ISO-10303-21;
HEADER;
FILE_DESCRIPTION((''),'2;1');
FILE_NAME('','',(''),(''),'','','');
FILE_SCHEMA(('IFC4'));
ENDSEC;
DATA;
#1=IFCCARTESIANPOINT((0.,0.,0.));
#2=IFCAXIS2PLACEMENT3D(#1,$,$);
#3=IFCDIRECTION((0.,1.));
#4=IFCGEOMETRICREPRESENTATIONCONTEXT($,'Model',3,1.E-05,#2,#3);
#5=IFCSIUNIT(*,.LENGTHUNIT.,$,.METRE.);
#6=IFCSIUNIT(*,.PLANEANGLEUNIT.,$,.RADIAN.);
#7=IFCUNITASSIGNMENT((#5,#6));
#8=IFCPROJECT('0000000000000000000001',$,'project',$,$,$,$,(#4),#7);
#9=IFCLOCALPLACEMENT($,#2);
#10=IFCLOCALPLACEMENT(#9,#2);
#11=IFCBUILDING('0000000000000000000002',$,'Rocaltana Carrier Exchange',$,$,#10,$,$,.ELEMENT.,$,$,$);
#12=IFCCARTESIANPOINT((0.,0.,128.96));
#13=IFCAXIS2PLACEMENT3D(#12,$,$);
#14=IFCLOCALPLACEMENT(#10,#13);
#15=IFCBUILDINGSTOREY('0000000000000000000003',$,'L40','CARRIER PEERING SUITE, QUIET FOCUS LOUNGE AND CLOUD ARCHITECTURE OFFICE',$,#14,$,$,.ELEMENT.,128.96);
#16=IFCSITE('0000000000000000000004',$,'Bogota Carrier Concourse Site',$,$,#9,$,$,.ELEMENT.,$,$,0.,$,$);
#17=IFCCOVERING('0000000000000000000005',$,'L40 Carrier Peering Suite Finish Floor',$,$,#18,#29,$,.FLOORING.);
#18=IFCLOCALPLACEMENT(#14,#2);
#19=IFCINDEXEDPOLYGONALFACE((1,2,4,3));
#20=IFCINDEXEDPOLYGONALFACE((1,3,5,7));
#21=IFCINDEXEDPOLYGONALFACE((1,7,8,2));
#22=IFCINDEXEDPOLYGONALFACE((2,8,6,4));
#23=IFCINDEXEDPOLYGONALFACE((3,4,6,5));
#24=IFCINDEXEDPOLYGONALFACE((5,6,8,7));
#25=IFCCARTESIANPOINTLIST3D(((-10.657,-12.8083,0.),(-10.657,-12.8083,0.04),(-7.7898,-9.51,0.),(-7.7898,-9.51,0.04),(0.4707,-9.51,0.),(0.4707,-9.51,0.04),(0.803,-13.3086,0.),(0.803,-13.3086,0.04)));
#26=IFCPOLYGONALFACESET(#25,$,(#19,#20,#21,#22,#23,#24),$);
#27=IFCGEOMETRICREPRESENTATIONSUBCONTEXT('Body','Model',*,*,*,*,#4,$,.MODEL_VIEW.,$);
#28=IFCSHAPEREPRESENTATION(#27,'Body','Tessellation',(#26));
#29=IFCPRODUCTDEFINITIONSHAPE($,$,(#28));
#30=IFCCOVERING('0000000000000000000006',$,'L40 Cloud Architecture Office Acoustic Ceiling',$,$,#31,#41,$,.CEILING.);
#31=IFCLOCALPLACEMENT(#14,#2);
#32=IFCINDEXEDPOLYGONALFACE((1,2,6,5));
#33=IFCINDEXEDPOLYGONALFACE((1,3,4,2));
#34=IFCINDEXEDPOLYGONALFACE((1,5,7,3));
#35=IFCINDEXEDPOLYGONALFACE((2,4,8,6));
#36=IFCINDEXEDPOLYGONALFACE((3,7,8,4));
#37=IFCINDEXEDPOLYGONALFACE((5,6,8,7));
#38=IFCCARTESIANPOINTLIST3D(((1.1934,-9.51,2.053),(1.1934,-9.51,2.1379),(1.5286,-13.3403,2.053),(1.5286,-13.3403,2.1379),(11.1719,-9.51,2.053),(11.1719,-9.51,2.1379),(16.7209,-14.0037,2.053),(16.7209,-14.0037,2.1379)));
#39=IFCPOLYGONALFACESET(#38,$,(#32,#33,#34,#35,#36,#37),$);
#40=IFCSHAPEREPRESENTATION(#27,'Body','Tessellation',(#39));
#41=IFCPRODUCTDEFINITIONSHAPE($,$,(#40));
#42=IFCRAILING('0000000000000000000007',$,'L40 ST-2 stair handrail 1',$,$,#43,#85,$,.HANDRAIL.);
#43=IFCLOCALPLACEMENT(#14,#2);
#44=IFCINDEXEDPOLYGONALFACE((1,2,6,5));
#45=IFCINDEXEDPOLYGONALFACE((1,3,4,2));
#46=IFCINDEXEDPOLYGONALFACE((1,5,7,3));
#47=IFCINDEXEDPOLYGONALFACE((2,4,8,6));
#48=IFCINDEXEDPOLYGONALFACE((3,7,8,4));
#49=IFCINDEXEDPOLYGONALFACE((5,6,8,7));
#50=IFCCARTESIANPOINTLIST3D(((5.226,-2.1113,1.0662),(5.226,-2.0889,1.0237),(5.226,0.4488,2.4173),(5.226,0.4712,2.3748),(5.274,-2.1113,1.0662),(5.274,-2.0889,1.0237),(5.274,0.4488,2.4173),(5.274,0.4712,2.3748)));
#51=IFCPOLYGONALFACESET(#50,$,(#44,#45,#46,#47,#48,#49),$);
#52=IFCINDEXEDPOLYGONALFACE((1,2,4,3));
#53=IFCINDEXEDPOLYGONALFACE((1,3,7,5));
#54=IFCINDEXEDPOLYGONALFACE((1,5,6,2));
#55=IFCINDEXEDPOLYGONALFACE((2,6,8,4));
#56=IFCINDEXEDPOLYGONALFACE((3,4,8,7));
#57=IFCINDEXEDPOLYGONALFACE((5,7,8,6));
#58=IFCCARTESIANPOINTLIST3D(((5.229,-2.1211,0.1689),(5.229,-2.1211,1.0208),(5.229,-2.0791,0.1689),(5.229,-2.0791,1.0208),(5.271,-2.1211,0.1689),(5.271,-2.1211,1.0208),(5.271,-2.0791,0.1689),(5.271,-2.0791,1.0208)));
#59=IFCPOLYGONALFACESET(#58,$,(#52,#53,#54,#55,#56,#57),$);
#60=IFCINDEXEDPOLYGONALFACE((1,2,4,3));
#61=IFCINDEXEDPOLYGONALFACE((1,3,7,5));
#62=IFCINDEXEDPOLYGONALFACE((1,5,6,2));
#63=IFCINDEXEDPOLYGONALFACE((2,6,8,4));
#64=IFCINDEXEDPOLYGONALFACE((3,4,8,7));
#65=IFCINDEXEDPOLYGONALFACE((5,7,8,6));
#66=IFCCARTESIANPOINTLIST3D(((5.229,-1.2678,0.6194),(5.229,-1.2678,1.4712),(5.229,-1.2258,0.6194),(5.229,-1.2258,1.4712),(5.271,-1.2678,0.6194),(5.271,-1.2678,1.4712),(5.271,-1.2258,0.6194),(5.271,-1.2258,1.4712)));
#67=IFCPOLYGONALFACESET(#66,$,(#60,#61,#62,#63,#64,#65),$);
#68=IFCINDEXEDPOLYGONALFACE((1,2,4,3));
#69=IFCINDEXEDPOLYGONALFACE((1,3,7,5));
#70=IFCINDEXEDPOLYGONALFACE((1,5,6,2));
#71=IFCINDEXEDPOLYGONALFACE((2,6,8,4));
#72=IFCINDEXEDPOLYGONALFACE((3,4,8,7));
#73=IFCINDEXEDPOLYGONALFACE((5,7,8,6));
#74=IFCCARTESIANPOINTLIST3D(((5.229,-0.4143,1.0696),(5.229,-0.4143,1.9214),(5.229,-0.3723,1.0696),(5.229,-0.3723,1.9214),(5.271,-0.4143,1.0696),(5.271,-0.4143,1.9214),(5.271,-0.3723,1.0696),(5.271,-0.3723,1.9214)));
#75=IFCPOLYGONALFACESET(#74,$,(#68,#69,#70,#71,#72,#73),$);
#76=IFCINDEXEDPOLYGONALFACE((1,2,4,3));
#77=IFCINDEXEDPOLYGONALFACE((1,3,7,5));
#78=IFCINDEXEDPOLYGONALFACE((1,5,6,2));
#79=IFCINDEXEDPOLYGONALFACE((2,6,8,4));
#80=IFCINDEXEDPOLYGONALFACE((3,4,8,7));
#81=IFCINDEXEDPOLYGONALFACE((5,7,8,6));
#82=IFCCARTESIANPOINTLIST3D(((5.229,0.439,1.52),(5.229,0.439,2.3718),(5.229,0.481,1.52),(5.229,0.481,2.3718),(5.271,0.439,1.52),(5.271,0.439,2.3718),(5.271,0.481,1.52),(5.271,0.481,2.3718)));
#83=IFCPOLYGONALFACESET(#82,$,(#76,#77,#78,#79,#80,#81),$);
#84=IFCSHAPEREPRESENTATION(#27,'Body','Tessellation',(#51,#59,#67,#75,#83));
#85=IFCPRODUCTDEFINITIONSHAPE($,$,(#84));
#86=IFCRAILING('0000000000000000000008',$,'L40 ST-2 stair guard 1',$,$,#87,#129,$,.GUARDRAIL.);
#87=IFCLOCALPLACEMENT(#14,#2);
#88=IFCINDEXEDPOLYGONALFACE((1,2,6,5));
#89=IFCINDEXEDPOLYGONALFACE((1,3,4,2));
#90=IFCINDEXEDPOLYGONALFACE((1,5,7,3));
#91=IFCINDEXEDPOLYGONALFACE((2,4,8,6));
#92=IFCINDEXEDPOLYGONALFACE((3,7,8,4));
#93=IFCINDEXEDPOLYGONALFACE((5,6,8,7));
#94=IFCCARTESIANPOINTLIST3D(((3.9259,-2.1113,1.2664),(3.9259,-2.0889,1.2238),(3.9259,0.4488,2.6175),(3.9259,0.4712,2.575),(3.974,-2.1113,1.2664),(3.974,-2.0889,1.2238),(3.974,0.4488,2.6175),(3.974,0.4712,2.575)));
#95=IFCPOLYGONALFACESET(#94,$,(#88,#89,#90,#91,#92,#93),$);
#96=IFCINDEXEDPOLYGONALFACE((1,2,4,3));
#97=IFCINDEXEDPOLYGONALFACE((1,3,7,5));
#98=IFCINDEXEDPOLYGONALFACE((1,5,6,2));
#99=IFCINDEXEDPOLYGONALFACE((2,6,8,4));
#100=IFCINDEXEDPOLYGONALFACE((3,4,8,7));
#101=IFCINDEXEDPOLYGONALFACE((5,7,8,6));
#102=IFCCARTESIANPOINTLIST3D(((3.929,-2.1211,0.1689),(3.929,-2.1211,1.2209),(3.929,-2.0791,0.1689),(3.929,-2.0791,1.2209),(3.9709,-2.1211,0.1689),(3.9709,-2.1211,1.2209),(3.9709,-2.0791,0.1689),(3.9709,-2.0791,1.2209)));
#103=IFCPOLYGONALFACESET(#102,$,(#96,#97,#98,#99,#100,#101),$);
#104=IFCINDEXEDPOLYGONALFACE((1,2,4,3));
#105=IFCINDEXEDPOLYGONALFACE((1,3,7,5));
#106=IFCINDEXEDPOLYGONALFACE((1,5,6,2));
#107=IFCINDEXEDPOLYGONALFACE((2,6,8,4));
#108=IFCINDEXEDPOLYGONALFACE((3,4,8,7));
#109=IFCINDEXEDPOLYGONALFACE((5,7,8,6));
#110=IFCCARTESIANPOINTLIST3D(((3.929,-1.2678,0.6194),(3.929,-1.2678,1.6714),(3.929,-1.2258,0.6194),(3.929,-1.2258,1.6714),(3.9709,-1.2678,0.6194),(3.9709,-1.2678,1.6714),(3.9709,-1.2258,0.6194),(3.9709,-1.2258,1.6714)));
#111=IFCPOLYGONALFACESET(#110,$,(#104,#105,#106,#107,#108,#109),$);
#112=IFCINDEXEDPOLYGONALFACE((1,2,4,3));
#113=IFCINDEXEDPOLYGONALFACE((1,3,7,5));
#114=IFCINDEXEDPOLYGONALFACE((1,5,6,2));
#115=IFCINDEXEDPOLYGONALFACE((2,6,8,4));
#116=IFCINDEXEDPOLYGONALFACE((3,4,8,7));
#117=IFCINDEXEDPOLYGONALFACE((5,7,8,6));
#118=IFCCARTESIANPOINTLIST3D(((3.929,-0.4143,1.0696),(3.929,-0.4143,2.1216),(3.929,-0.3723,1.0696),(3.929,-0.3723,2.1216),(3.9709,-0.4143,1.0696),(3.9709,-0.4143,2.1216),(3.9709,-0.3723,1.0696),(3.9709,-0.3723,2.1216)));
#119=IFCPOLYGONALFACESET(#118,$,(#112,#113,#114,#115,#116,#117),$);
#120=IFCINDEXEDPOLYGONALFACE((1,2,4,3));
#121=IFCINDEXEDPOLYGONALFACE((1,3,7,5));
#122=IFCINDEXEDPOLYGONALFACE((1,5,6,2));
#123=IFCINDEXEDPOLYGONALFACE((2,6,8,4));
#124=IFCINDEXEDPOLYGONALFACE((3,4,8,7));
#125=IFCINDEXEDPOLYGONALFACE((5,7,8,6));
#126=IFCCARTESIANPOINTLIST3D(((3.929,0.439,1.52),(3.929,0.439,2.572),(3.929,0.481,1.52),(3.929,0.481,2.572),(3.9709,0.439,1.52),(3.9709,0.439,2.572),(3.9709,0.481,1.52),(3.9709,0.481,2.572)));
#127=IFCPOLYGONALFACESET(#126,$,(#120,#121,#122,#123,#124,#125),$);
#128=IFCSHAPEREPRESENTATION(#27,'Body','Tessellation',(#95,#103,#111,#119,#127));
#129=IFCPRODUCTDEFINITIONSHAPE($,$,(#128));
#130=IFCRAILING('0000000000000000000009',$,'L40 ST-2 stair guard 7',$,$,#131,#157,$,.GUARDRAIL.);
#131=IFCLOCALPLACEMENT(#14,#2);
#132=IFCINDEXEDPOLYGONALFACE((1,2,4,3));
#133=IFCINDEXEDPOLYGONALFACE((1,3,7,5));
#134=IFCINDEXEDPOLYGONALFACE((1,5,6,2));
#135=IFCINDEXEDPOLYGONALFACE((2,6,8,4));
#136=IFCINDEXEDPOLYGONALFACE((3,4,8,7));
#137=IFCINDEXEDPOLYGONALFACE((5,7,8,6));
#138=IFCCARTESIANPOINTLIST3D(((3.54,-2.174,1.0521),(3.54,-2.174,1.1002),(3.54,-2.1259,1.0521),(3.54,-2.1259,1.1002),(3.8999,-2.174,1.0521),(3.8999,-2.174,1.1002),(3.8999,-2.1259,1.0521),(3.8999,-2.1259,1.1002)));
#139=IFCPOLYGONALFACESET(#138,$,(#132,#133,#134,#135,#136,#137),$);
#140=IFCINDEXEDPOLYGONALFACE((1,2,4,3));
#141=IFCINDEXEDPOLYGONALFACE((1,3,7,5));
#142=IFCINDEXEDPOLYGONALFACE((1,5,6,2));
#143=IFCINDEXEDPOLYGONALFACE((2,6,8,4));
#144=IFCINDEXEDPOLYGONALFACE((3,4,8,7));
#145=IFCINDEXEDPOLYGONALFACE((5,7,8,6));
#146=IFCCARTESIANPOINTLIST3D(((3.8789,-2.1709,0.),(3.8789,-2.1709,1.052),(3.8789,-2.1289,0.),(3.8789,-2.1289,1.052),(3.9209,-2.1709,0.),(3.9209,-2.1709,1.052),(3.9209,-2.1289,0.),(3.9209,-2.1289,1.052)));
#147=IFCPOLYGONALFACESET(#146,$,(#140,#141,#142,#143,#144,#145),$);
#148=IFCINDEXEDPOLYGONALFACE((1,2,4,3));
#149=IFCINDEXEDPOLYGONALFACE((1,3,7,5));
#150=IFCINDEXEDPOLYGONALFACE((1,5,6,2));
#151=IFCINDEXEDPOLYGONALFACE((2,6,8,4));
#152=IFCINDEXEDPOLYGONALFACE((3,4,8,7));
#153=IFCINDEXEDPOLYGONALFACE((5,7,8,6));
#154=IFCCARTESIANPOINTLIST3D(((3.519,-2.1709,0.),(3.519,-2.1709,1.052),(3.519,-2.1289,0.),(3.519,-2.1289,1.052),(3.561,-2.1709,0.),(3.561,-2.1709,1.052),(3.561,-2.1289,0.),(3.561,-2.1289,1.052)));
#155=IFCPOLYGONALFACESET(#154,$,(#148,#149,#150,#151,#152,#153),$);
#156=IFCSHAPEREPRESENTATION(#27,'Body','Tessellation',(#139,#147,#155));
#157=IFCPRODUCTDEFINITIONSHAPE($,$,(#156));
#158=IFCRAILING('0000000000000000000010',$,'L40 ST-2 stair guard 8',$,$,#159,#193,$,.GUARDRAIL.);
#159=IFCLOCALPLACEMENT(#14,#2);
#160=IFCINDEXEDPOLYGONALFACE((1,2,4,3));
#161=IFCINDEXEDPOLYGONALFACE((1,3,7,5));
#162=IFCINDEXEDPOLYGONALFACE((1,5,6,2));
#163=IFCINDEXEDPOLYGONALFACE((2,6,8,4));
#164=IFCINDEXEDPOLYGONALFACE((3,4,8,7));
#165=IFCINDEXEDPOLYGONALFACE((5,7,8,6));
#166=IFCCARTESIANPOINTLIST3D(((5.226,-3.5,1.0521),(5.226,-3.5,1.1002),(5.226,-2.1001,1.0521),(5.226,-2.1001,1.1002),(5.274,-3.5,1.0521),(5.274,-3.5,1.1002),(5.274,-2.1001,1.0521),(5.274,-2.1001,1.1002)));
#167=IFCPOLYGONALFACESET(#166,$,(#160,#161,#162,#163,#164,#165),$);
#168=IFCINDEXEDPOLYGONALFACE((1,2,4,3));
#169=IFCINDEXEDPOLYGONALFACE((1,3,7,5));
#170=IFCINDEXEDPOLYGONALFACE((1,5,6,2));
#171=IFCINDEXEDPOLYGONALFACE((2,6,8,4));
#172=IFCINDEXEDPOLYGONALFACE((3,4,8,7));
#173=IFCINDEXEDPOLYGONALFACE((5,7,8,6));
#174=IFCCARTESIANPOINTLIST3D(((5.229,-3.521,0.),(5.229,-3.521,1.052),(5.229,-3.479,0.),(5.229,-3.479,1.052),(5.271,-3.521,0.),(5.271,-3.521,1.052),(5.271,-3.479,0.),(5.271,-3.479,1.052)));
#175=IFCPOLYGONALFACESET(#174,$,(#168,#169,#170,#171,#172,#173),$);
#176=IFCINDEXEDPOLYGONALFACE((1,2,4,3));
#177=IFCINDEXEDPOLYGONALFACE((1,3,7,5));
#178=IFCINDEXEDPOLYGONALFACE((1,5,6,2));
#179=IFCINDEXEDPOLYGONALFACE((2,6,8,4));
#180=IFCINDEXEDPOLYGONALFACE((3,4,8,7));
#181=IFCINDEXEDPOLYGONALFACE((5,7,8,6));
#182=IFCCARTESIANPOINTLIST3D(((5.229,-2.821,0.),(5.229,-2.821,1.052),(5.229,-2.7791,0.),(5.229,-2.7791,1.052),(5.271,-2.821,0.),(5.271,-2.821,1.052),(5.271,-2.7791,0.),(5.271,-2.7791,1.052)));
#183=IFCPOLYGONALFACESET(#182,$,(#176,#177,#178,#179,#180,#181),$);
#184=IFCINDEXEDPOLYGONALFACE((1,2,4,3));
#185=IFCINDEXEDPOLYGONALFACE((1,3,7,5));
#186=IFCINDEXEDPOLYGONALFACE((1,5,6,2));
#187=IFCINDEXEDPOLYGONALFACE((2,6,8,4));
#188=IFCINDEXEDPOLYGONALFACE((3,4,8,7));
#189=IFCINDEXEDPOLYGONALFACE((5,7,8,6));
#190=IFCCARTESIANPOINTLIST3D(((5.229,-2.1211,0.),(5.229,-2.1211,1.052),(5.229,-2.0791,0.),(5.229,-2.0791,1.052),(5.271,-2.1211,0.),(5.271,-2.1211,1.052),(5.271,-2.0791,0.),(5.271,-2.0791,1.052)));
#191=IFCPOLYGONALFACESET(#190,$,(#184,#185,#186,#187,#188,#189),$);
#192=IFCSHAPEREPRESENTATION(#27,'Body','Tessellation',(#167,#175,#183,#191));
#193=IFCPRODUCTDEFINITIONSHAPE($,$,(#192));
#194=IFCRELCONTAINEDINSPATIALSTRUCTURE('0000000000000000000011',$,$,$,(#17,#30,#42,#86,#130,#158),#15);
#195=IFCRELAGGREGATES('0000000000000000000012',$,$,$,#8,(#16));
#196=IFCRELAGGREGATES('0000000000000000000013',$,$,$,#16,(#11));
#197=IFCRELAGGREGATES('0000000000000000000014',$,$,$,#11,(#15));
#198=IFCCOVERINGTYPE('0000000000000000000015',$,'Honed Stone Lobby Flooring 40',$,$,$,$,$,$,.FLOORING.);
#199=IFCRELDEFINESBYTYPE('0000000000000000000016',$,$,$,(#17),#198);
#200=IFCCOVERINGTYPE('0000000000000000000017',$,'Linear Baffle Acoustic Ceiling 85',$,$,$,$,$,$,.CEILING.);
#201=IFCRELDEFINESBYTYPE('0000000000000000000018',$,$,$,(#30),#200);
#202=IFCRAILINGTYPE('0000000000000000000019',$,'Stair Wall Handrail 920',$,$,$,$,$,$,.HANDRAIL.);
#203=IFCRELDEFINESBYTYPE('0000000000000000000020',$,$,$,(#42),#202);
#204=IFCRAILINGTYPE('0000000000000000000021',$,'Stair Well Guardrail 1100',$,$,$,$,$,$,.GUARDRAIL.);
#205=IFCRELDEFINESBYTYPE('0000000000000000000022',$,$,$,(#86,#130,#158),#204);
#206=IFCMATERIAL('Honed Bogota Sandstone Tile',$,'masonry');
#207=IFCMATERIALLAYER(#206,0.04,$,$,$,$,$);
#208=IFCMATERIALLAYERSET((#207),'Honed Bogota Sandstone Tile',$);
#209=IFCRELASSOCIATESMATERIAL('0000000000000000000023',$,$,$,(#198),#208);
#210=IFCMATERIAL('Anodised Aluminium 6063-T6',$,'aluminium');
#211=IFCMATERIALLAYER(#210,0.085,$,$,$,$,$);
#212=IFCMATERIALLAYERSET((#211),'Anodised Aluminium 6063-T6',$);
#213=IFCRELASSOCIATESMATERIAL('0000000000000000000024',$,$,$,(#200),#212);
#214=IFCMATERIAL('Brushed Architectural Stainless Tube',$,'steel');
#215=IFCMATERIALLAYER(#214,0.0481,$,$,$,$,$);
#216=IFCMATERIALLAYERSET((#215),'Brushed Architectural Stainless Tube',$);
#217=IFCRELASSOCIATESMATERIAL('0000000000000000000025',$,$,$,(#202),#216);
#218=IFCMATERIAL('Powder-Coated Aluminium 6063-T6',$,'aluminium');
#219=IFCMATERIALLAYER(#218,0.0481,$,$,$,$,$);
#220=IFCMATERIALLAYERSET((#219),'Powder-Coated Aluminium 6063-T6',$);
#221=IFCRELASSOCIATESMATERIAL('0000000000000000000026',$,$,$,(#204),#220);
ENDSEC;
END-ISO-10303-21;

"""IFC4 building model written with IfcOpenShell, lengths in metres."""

from ifc_helpers import new_model, si_unit, direction, frame, origin, origin_2d, place, context, subcontext, project, spatial, polyline, rectangle, outline, extrude, material, layer, layer_set, type_object, element, save


model = new_model("IFC4")

# Units and contexts
model_context = context("Model", 3, precision=1e-05, world=origin(), true_north=direction((0.0, 1.0)))
body_context = subcontext(model_context, "Body", "Model", "MODEL_VIEW")
ifc_project = project(units=[si_unit("LENGTHUNIT", "METRE"), si_unit("PLANEANGLEUNIT", "RADIAN")], contexts=[model_context])

# Site, building, storey
site_placement = place(None, origin())
site = spatial("IfcSite", under=ifc_project, at=site_placement, Name="Bogota Carrier Concourse Site", CompositionType="ELEMENT", RefElevation=0.0)
building_placement = place(site_placement, origin())
building = spatial("IfcBuilding", under=site, at=building_placement, Name="Rocaltana Carrier Exchange", CompositionType="ELEMENT")
storey_placement = place(building_placement, frame((0.0, 0.0, 128.96)))
storey = spatial("IfcBuildingStorey", under=building, at=storey_placement, Name="L40", Description="CARRIER PEERING SUITE, QUIET FOCUS LOUNGE AND CLOUD ARCHITECTURE OFFICE", CompositionType="ELEMENT", Elevation=128.96)

# Coverings
ifc_material_1 = material(Name="Honed Bogota Sandstone Tile", Category="masonry")
ifc_layer_1 = layer(ifc_material_1, 0.04)
ifc_layer_set_1 = layer_set([ifc_layer_1], Name="Honed Bogota Sandstone Tile")
covering_type_1 = type_object("IfcCoveringType", Name="Honed Stone Lobby Flooring 40", PredefinedType="FLOORING", material=ifc_layer_set_1)
covering_1_placement = place(storey_placement, origin())
element("IfcCovering", 1, at=covering_1_placement, inside=storey, type_object=covering_type_1, Name="L40 Carrier Peering Suite Finish Floor", PredefinedType="FLOORING", context=body_context, shape_type="SweptSolid", body=[
    extrude(outline(polyline([(-10.657, -12.8083), (-7.7898, -9.51), (0.4707, -9.51), (0.803, -13.3086), (-10.657, -12.8083)])), origin(), (0.0, 0.0, 1.0), 0.04),
])
ifc_material_2 = material(Name="Anodised Aluminium 6063-T6", Category="aluminium")
ifc_layer_2 = layer(ifc_material_2, 0.085)
ifc_layer_set_2 = layer_set([ifc_layer_2], Name="Anodised Aluminium 6063-T6")
covering_type_2 = type_object("IfcCoveringType", Name="Linear Baffle Acoustic Ceiling 85", PredefinedType="CEILING", material=ifc_layer_set_2)
covering_2_placement = place(storey_placement, frame((0.0, 0.0, 2.053)))
element("IfcCovering", 2, at=covering_2_placement, inside=storey, type_object=covering_type_2, Name="L40 Cloud Architecture Office Acoustic Ceiling", PredefinedType="CEILING", context=body_context, shape_type="SweptSolid", body=[
    extrude(outline(polyline([(1.5286, -13.3403), (1.1934, -9.51), (11.1719, -9.51), (16.7209, -14.0037), (1.5286, -13.3403)])), origin(), (0.0, 0.0, 1.0), 0.085),
])

# Railings
ifc_material_3 = material(Name="Brushed Architectural Stainless Tube", Category="steel")
ifc_layer_3 = layer(ifc_material_3, 0.0481)
ifc_layer_set_3 = layer_set([ifc_layer_3], Name="Brushed Architectural Stainless Tube")
railing_type_1 = type_object("IfcRailingType", Name="Stair Wall Handrail 920", PredefinedType="HANDRAIL", material=ifc_layer_set_3)
railing_1_placement = place(storey_placement, frame((5.25, -2.1001, 0.1689)))
element("IfcRailing", 3, at=railing_1_placement, inside=storey, type_object=railing_type_1, Name="L40 ST-2 stair handrail 1", PredefinedType="HANDRAIL", context=body_context, shape_type="SweptSolid", body=[
    extrude(rectangle(XDim=0.0481, YDim=0.0481, at=origin_2d()), frame((0.0, 0.0, 0.876), z_axis=(0.0, 0.884394, 0.46674), x_axis=(-1.0, 0.0, 0.0)), (0.0, 0.0, 1.0), 2.8948),
    extrude(rectangle(XDim=0.042, YDim=0.042, at=origin_2d()), origin(), (0.0, 0.0, 1.0), 0.8518),
    extrude(rectangle(XDim=0.042, YDim=0.042, at=origin_2d()), frame((0.0, 0.8533, 0.4504)), (0.0, 0.0, 1.0), 0.8518),
    extrude(rectangle(XDim=0.042, YDim=0.042, at=origin_2d()), frame((0.0, 1.7068, 0.9006)), (0.0, 0.0, 1.0), 0.8518),
    extrude(rectangle(XDim=0.042, YDim=0.042, at=origin_2d()), frame((0.0, 2.5601, 1.3511)), (0.0, 0.0, 1.0), 0.8518),
])
ifc_material_4 = material(Name="Powder-Coated Aluminium 6063-T6", Category="aluminium")
ifc_layer_4 = layer(ifc_material_4, 0.0481)
ifc_layer_set_4 = layer_set([ifc_layer_4], Name="Powder-Coated Aluminium 6063-T6")
railing_type_2 = type_object("IfcRailingType", Name="Stair Well Guardrail 1100", PredefinedType="GUARDRAIL", material=ifc_layer_set_4)
railing_2_placement = place(storey_placement, frame((3.95, -2.1001, 0.1689)))
element("IfcRailing", 4, at=railing_2_placement, inside=storey, type_object=railing_type_2, Name="L40 ST-2 stair guard 1", PredefinedType="GUARDRAIL", context=body_context, shape_type="SweptSolid", body=[
    extrude(rectangle(XDim=0.0481, YDim=0.0481, at=origin_2d()), frame((0.0, 0.0, 1.0762), z_axis=(0.0, 0.884394, 0.46674), x_axis=(-1.0, 0.0, 0.0)), (0.0, 0.0, 1.0), 2.8948),
    extrude(rectangle(XDim=0.042, YDim=0.042, at=origin_2d()), origin(), (0.0, 0.0, 1.0), 1.052),
    extrude(rectangle(XDim=0.042, YDim=0.042, at=origin_2d()), frame((0.0, 0.8533, 0.4504)), (0.0, 0.0, 1.0), 1.052),
    extrude(rectangle(XDim=0.042, YDim=0.042, at=origin_2d()), frame((0.0, 1.7068, 0.9006)), (0.0, 0.0, 1.0), 1.052),
    extrude(rectangle(XDim=0.042, YDim=0.042, at=origin_2d()), frame((0.0, 2.5601, 1.3511)), (0.0, 0.0, 1.0), 1.052),
])
railing_3_placement = place(storey_placement, frame((3.8999, -2.1499, 0.0)))
element("IfcRailing", 5, at=railing_3_placement, inside=storey, type_object=railing_type_2, Name="L40 ST-2 stair guard 7", PredefinedType="GUARDRAIL", context=body_context, shape_type="SweptSolid", body=[
    extrude(rectangle(XDim=0.0481, YDim=0.0481, at=origin_2d()), frame((0.0, 0.0, 1.0762), z_axis=(-1.0, 0.0, 0.0), x_axis=(0.0, -1.0, 0.0)), (0.0, 0.0, 1.0), 0.3599),
    extrude(rectangle(XDim=0.042, YDim=0.042, at=origin_2d()), origin(), (0.0, 0.0, 1.0), 1.052),
    extrude(rectangle(XDim=0.042, YDim=0.042, at=origin_2d()), frame((-0.3599, 0.0, 0.0)), (0.0, 0.0, 1.0), 1.052),
])
for number, where, name in (
    (6, (5.25, -3.5, 0.0), "L40 ST-2 stair guard 8"),
):
    element("IfcRailing", number, at=place(storey_placement, frame(where)), inside=storey, type_object=railing_type_2, Name=name, PredefinedType="GUARDRAIL", context=body_context, shape_type="SweptSolid", body=[
        extrude(rectangle(XDim=0.0481, YDim=0.0481, at=origin_2d()), frame((0.0, 0.0, 1.0762), z_axis=(0.0, 1.0, 0.0), x_axis=(-1.0, 0.0, 0.0)), (0.0, 0.0, 1.0), 1.3999),
        extrude(rectangle(XDim=0.042, YDim=0.042, at=origin_2d()), origin(), (0.0, 0.0, 1.0), 1.052),
        extrude(rectangle(XDim=0.042, YDim=0.042, at=origin_2d()), frame((0.0, 0.7, 0.0)), (0.0, 0.0, 1.0), 1.052),
        extrude(rectangle(XDim=0.042, YDim=0.042, at=origin_2d()), frame((0.0, 1.3999, 0.0)), (0.0, 0.0, 1.0), 1.052),
    ])

save(model, "model.ifc")
